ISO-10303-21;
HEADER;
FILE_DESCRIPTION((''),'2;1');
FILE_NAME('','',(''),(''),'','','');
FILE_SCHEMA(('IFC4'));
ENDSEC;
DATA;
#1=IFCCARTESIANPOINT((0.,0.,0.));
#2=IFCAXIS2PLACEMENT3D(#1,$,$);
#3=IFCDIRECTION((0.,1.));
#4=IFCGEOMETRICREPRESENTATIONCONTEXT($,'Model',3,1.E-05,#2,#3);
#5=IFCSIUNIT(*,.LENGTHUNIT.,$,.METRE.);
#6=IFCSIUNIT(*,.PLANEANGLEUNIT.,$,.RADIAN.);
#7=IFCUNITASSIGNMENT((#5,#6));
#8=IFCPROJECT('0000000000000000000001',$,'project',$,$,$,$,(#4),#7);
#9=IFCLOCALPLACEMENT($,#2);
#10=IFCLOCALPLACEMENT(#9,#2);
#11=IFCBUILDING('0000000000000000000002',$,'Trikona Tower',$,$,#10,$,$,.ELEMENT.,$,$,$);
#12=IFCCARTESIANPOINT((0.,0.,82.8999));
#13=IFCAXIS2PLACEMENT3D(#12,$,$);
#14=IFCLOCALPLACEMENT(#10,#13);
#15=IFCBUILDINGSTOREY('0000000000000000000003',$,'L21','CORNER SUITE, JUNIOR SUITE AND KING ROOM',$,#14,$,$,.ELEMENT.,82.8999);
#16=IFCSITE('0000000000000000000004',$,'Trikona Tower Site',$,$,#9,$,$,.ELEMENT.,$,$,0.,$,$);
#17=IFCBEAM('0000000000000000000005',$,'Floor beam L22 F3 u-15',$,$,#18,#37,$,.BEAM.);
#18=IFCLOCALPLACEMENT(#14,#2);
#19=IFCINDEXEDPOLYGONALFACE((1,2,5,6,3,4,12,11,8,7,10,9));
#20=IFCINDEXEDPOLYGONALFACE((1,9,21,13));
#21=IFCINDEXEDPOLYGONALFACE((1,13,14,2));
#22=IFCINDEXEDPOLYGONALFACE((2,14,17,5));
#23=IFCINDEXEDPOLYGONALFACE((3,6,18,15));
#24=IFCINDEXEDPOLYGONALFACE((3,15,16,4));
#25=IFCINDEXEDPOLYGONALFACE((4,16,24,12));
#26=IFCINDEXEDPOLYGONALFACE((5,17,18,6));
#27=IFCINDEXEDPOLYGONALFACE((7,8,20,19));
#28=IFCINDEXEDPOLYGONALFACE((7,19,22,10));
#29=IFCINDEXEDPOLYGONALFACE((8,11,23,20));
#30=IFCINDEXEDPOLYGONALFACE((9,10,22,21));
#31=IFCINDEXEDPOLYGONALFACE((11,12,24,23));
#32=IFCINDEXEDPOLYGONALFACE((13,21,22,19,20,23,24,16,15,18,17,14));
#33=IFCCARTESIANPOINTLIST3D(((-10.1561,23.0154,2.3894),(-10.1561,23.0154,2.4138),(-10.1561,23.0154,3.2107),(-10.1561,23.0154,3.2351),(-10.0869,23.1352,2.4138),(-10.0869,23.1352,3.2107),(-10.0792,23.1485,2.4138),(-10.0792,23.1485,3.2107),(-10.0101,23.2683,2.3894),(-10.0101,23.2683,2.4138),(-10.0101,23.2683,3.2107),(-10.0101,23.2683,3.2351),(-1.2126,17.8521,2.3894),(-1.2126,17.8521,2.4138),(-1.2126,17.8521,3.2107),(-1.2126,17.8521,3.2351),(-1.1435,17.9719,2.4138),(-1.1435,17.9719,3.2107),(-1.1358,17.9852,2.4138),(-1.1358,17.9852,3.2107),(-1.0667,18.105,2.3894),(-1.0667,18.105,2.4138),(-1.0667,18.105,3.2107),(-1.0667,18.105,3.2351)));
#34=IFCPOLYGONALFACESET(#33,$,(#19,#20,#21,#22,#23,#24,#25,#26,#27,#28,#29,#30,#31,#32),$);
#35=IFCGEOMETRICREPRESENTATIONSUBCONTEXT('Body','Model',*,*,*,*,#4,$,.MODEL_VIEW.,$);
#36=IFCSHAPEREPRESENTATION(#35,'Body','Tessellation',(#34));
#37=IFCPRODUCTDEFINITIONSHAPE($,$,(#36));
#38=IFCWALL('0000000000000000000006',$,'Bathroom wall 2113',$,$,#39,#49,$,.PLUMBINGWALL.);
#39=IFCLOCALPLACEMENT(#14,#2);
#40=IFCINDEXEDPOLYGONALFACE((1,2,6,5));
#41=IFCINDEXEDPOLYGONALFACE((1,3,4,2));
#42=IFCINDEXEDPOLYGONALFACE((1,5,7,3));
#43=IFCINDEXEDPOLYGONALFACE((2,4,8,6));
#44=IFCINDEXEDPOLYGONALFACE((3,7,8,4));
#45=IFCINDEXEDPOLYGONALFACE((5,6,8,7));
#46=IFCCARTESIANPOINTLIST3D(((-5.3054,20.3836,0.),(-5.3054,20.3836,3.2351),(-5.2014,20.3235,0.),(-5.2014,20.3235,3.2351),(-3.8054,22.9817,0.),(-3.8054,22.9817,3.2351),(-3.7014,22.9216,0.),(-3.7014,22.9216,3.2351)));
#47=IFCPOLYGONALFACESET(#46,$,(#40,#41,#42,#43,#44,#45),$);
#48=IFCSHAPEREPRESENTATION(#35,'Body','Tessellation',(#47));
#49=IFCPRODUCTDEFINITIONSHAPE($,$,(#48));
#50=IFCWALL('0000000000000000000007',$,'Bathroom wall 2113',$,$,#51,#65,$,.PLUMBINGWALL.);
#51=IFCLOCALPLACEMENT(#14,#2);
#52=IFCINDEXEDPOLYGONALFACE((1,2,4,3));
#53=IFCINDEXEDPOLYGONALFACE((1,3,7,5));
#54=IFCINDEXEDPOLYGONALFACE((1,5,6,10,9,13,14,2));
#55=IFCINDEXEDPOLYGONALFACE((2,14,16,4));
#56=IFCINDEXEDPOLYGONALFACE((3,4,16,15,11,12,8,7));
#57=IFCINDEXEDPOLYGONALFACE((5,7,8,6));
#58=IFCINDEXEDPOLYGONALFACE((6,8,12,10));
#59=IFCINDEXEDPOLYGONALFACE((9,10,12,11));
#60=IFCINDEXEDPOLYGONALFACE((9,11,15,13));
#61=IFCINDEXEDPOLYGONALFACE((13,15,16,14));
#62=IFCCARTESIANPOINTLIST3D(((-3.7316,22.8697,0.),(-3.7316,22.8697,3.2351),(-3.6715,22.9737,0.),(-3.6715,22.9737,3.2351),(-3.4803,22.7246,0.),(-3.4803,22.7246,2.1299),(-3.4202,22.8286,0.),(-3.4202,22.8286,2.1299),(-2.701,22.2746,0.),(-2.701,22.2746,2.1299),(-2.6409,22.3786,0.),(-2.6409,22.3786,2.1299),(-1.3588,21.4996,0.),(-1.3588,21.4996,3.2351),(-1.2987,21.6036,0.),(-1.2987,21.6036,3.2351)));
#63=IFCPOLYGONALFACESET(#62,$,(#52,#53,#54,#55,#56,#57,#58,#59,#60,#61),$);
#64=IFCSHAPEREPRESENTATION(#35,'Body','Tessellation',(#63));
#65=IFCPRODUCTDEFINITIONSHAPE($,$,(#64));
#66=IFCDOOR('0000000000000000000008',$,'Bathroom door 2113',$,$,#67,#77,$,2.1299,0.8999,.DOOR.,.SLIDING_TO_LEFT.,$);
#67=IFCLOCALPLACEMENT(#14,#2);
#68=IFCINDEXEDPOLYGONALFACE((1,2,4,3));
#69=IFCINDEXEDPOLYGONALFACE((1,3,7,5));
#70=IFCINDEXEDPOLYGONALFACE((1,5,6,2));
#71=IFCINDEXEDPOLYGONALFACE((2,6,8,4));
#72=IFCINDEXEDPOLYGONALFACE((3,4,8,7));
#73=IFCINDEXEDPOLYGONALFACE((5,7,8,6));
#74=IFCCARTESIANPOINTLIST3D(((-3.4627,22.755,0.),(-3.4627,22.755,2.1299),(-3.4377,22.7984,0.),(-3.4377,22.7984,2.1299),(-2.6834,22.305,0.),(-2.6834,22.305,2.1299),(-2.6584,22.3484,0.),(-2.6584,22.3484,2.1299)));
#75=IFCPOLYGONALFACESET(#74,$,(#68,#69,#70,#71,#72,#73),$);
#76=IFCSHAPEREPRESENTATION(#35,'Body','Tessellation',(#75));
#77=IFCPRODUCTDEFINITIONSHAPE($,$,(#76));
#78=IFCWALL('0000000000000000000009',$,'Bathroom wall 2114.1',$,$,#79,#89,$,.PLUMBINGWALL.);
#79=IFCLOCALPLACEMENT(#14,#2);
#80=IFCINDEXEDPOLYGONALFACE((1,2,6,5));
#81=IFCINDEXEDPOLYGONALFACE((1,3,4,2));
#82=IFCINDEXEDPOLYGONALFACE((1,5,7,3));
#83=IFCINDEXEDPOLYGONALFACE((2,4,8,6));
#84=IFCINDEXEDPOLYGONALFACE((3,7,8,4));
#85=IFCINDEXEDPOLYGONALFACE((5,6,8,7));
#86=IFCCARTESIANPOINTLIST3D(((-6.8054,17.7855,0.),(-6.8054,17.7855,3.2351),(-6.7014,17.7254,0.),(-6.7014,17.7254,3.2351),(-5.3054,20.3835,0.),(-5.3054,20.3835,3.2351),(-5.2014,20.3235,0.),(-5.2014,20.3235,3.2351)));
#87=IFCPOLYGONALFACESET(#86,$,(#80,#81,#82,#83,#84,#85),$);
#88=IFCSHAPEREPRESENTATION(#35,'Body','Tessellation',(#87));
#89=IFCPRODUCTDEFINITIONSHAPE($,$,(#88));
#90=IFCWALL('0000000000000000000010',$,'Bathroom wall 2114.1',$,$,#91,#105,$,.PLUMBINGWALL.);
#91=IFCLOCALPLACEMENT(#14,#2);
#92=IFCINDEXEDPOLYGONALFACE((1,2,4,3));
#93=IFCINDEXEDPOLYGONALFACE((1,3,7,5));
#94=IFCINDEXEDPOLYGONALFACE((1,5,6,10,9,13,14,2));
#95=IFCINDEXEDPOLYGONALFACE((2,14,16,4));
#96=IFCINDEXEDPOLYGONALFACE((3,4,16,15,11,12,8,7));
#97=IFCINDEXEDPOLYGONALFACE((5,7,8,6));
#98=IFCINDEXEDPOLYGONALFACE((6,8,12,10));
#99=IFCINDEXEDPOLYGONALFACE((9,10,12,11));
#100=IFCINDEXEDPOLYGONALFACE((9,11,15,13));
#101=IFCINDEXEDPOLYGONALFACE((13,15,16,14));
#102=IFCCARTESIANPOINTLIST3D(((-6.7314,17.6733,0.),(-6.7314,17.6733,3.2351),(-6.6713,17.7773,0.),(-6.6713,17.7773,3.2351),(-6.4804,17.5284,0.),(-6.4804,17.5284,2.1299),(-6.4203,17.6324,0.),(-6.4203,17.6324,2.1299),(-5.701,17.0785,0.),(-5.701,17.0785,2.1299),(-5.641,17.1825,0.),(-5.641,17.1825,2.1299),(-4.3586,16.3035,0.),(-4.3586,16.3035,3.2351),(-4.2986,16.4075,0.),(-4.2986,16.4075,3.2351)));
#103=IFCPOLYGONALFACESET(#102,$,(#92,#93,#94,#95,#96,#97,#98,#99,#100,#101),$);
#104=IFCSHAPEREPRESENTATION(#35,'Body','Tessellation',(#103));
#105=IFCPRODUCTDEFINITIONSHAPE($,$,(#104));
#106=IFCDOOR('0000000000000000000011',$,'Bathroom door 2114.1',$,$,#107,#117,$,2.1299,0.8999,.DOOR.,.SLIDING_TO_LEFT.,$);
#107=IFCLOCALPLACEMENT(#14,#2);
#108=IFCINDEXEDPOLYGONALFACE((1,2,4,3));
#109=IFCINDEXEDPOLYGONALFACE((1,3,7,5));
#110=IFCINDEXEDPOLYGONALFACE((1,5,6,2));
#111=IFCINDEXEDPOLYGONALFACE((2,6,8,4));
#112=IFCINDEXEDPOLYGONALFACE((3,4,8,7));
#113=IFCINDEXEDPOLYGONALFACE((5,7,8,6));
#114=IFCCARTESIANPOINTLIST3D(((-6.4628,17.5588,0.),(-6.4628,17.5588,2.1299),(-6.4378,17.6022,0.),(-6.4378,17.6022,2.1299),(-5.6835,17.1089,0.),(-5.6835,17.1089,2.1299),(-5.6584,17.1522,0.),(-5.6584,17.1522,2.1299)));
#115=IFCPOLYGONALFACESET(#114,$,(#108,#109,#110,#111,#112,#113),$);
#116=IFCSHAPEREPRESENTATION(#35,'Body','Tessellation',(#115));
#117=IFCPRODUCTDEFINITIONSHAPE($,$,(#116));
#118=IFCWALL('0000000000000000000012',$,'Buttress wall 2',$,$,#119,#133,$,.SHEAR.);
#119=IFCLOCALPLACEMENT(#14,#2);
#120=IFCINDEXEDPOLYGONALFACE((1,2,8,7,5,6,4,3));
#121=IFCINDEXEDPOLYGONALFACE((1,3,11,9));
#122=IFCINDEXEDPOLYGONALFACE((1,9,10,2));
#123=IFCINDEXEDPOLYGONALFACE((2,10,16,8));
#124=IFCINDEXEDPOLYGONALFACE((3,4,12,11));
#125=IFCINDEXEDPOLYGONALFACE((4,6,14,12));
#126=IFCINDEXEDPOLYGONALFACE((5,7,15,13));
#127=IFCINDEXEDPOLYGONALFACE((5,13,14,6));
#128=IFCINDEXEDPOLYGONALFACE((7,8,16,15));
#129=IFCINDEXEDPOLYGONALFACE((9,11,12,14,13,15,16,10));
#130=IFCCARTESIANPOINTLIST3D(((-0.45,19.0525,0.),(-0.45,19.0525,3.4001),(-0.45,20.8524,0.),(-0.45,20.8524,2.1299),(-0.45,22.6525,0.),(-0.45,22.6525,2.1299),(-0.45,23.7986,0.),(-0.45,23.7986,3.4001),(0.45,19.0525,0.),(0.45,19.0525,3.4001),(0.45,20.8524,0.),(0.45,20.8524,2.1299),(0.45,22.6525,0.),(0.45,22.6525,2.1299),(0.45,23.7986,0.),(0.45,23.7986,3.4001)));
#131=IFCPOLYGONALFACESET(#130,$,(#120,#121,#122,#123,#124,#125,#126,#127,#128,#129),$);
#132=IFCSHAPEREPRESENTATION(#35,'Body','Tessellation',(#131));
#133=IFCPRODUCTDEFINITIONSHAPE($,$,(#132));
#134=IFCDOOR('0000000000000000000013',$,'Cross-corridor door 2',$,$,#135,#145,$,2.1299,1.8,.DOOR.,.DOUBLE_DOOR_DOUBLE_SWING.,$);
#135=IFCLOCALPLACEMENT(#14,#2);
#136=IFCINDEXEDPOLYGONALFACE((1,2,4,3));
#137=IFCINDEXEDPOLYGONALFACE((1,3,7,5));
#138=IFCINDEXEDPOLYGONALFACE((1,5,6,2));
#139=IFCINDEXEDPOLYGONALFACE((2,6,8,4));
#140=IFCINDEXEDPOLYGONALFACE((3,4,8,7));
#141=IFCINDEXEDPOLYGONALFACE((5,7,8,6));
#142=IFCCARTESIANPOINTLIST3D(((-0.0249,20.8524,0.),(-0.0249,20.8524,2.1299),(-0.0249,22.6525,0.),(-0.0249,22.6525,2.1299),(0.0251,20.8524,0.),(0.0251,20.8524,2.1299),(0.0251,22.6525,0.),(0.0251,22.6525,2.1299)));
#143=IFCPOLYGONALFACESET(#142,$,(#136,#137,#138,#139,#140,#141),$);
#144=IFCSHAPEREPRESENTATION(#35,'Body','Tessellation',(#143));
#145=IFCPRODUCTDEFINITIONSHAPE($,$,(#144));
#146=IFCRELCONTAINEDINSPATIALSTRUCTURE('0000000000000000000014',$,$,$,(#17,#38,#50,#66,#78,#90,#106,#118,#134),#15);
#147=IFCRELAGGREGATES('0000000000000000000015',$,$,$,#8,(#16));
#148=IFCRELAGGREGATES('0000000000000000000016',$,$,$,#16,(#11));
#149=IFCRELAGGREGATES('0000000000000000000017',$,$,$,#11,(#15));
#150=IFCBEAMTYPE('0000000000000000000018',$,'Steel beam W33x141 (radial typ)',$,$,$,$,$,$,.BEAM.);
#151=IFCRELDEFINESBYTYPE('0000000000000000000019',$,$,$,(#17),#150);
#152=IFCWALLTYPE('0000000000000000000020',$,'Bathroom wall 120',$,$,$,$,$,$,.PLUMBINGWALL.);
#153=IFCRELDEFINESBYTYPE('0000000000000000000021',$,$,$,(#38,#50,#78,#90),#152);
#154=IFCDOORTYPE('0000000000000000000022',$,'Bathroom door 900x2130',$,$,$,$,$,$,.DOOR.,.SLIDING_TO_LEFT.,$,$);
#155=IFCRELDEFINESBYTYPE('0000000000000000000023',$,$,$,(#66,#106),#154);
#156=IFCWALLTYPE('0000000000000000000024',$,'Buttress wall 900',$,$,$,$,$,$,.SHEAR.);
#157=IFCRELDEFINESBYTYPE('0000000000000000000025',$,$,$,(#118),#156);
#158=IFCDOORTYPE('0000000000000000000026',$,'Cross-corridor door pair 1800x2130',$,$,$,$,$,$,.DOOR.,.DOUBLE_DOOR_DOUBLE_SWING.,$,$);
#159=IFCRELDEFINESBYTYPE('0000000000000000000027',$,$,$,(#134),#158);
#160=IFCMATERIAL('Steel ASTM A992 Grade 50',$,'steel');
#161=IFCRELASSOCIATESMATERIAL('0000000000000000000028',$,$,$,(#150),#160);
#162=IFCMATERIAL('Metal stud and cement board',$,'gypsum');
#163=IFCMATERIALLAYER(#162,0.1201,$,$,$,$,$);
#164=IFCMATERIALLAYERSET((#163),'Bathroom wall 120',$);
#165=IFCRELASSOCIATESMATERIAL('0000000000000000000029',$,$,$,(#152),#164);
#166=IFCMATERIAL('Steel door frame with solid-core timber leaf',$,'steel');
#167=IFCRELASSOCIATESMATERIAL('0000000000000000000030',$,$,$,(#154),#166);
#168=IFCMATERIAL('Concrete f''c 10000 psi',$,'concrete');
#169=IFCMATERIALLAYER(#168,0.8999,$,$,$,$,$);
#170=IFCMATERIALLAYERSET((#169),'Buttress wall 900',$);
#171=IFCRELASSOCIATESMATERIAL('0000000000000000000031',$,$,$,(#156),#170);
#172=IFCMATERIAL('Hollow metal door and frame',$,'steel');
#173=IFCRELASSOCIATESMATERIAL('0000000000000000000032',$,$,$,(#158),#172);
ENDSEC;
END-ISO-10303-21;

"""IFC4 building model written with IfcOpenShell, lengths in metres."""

from ifc_helpers import new_model, si_unit, direction, frame, frame_2d, origin, origin_2d, place, context, subcontext, project, spatial, rectangle, i_section, extrude, material, layer, layer_set, material_profile, profile_set, type_object, element, fill, save


model = new_model("IFC4")

# Units and contexts
model_context = context("Model", 3, precision=1e-05, world=origin(), true_north=direction((0.0, 1.0)))
body_context = subcontext(model_context, "Body", "Model", "MODEL_VIEW")
ifc_project = project(units=[si_unit("LENGTHUNIT", "METRE"), si_unit("PLANEANGLEUNIT", "RADIAN")], contexts=[model_context])

# Site, building, storey
site_placement = place(None, origin())
site = spatial("IfcSite", under=ifc_project, at=site_placement, Name="Trikona Tower Site", CompositionType="ELEMENT", RefElevation=0.0)
building_placement = place(site_placement, origin())
building = spatial("IfcBuilding", under=site, at=building_placement, Name="Trikona Tower", CompositionType="ELEMENT")
storey_placement = place(building_placement, frame((0.0, 0.0, 82.8999)))
storey = spatial("IfcBuildingStorey", under=building, at=storey_placement, Name="L21", Description="CORNER SUITE, JUNIOR SUITE AND KING ROOM", CompositionType="ELEMENT", Elevation=82.8999)

# Beam
ifc_material_1 = material(Name="Steel ASTM A992 Grade 50", Category="steel")
ifc_material_profile = material_profile(ifc_material_1, i_section(OverallWidth=0.292, OverallDepth=0.8457, WebThickness=0.0154, FlangeThickness=0.0244, at=origin_2d()), Name="W33X141")
ifc_profile_set = profile_set([ifc_material_profile], Name="Steel ASTM A992 Grade 50")
beam_type = type_object("IfcBeamType", Name="Steel beam W33x141 (radial typ)", PredefinedType="BEAM", material=ifc_profile_set)
beam_placement = place(storey_placement, frame((-1.1396, 17.9785, 2.8123), z_axis=(-0.86603, 0.499991, 0.0), x_axis=(-0.499991, -0.86603, 0.0)))
element("IfcBeam", 1, at=beam_placement, inside=storey, type_object=beam_type, Name="Floor beam L22 F3 u-15", PredefinedType="BEAM", context=body_context, shape_type="SweptSolid", body=[
    extrude(i_section(OverallWidth=0.292, OverallDepth=0.8457, WebThickness=0.0154, FlangeThickness=0.0244, at=origin_2d()), origin(), (0.0, 0.0, 1.0), 10.3269),
])

# Wall
ifc_material_2 = material(Name="Metal stud and cement board", Category="gypsum")
ifc_layer_1 = layer(ifc_material_2, 0.1201)
ifc_layer_set_1 = layer_set([ifc_layer_1], Name="Bathroom wall 120")
wall_type_1 = type_object("IfcWallType", Name="Bathroom wall 120", PredefinedType="PLUMBINGWALL", material=ifc_layer_set_1)
wall_1_placement = place(storey_placement, frame((-3.7534, 22.9517, 0.0), z_axis=(0.0, 0.0, 1.0), x_axis=(-0.49999, -0.866031, 0.0)))
element("IfcWall", 2, at=wall_1_placement, inside=storey, type_object=wall_type_1, Name="Bathroom wall 2113", PredefinedType="PLUMBINGWALL", context=body_context, shape_type="SweptSolid", body=[
    extrude(rectangle(XDim=3.0, YDim=0.1201, at=frame_2d((1.5, 0.0))), origin(), (0.0, 0.0, 1.0), 3.2351),
])

# Wall, opening, door
wall_2_placement = place(storey_placement, frame((-1.3286, 21.5515, 0.0), z_axis=(0.0, 0.0, 1.0), x_axis=(-0.865997, 0.500049, 0.0)))
wall_2 = element("IfcWall", 3, at=wall_2_placement, inside=storey, type_object=wall_type_1, Name="Bathroom wall 2113", PredefinedType="PLUMBINGWALL", context=body_context, shape_type="SweptSolid", body=[
    extrude(rectangle(XDim=2.74, YDim=0.1201, at=frame_2d((1.3701, 0.0))), origin(), (0.0, 0.0, 1.0), 3.2351),
])
opening_1_placement = place(wall_2_placement, frame((1.55, 0.0, 0.0)))
opening_1 = element("IfcOpeningElement", 4, at=opening_1_placement, cuts=wall_2, PredefinedType="OPENING", context=body_context, shape_type="SweptSolid", body=[
    extrude(rectangle(XDim=0.8999, YDim=2.1299, at=frame_2d((0.45, 1.0649))), frame((0.0, 0.0701, 0.0), z_axis=(0.0, -1.0, 0.0), x_axis=(1.0, 0.0, 0.0)), (0.0, 0.0, 1.0), 0.1401),
])
ifc_material_3 = material(Name="Steel door frame with solid-core timber leaf", Category="steel")
door_type_1 = type_object("IfcDoorType", Name="Bathroom door 900x2130", OperationType="SLIDING_TO_LEFT", PredefinedType="DOOR", material=ifc_material_3)
door_1_placement = place(opening_1_placement, origin())
door_1 = element("IfcDoor", 5, at=door_1_placement, inside=storey, type_object=door_type_1, Name="Bathroom door 2113", OperationType="SLIDING_TO_LEFT", OverallHeight=2.1299, OverallWidth=0.8999, PredefinedType="DOOR", context=body_context, shape_type="SweptSolid", body=[
    extrude(rectangle(XDim=0.8999, YDim=2.1299, at=frame_2d((0.45, 1.0649))), frame((0.0, 0.0249, 0.0), z_axis=(0.0, -1.0, 0.0), x_axis=(1.0, 0.0, 0.0)), (0.0, 0.0, 1.0), 0.05),
])
fill(opening_1, door_1)

# Wall
wall_3_placement = place(storey_placement, frame((-5.2534, 20.3535, 0.0), z_axis=(0.0, 0.0, 1.0), x_axis=(-0.49999, -0.866031, 0.0)))
element("IfcWall", 6, at=wall_3_placement, inside=storey, type_object=wall_type_1, Name="Bathroom wall 2114.1", PredefinedType="PLUMBINGWALL", context=body_context, shape_type="SweptSolid", body=[
    extrude(rectangle(XDim=3.0, YDim=0.1201, at=frame_2d((1.5, 0.0))), origin(), (0.0, 0.0, 1.0), 3.2351),
])

# Walls, openings, doors
wall_4_placement = place(storey_placement, frame((-4.3286, 16.3555, 0.0), z_axis=(0.0, 0.0, 1.0), x_axis=(-0.866036, 0.499982, 0.0)))
wall_4 = element("IfcWall", 7, at=wall_4_placement, inside=storey, type_object=wall_type_1, Name="Bathroom wall 2114.1", PredefinedType="PLUMBINGWALL", context=body_context, shape_type="SweptSolid", body=[
    extrude(rectangle(XDim=2.7397, YDim=0.1201, at=frame_2d((1.3699, 0.0))), origin(), (0.0, 0.0, 1.0), 3.2351),
])
opening_2_placement = place(wall_4_placement, frame((1.55, 0.0, 0.0)))
opening_2 = element("IfcOpeningElement", 8, at=opening_2_placement, cuts=wall_4, PredefinedType="OPENING", context=body_context, shape_type="SweptSolid", body=[
    extrude(rectangle(XDim=0.8999, YDim=2.1299, at=frame_2d((0.45, 1.0649))), frame((0.0, 0.0701, 0.0), z_axis=(0.0, -1.0, 0.0), x_axis=(1.0, 0.0, 0.0)), (0.0, 0.0, 1.0), 0.1401),
])
door_2_placement = place(opening_2_placement, origin())
door_2 = element("IfcDoor", 9, at=door_2_placement, inside=storey, type_object=door_type_1, Name="Bathroom door 2114.1", OperationType="SLIDING_TO_LEFT", OverallHeight=2.1299, OverallWidth=0.8999, PredefinedType="DOOR", context=body_context, shape_type="SweptSolid", body=[
    extrude(rectangle(XDim=0.8999, YDim=2.1299, at=frame_2d((0.45, 1.0649))), frame((0.0, 0.0249, 0.0), z_axis=(0.0, -1.0, 0.0), x_axis=(1.0, 0.0, 0.0)), (0.0, 0.0, 1.0), 0.05),
])
fill(opening_2, door_2)
ifc_material_4 = material(Name="Concrete f'c 10000 psi", Category="concrete")
ifc_layer_2 = layer(ifc_material_4, 0.8999)
ifc_layer_set_2 = layer_set([ifc_layer_2], Name="Buttress wall 900")
wall_type_2 = type_object("IfcWallType", Name="Buttress wall 900", PredefinedType="SHEAR", material=ifc_layer_set_2)
wall_5_placement = place(storey_placement, frame((0.0, 19.0525, 0.0), z_axis=(0.0, 0.0, 1.0), x_axis=(0.0, 1.0, 0.0)))
wall_5 = element("IfcWall", 10, at=wall_5_placement, inside=storey, type_object=wall_type_2, Name="Buttress wall 2", PredefinedType="SHEAR", context=body_context, shape_type="SweptSolid", body=[
    extrude(rectangle(XDim=4.7461, YDim=0.8999, at=frame_2d((2.373, 0.0))), origin(), (0.0, 0.0, 1.0), 3.4001),
])
opening_3_placement = place(wall_5_placement, frame((1.8, 0.0, 0.0)))
opening_3 = element("IfcOpeningElement", 11, at=opening_3_placement, cuts=wall_5, PredefinedType="OPENING", context=body_context, shape_type="SweptSolid", body=[
    extrude(rectangle(XDim=1.8, YDim=2.1299, at=frame_2d((0.8999, 1.0649))), frame((0.0, 0.46, 0.0), z_axis=(0.0, -1.0, 0.0), x_axis=(1.0, 0.0, 0.0)), (0.0, 0.0, 1.0), 0.9199),
])
ifc_material_5 = material(Name="Hollow metal door and frame", Category="steel")
door_type_2 = type_object("IfcDoorType", Name="Cross-corridor door pair 1800x2130", OperationType="DOUBLE_DOOR_DOUBLE_SWING", PredefinedType="DOOR", material=ifc_material_5)
door_3_placement = place(opening_3_placement, origin())
door_3 = element("IfcDoor", 12, at=door_3_placement, inside=storey, type_object=door_type_2, Name="Cross-corridor door 2", OperationType="DOUBLE_DOOR_DOUBLE_SWING", OverallHeight=2.1299, OverallWidth=1.8, PredefinedType="DOOR", context=body_context, shape_type="SweptSolid", body=[
    extrude(rectangle(XDim=1.8, YDim=2.1299, at=frame_2d((0.8999, 1.0649))), frame((0.0, 0.0249, 0.0), z_axis=(0.0, -1.0, 0.0), x_axis=(1.0, 0.0, 0.0)), (0.0, 0.0, 1.0), 0.05),
])
fill(opening_3, door_3)

save(model, "model.ifc")
